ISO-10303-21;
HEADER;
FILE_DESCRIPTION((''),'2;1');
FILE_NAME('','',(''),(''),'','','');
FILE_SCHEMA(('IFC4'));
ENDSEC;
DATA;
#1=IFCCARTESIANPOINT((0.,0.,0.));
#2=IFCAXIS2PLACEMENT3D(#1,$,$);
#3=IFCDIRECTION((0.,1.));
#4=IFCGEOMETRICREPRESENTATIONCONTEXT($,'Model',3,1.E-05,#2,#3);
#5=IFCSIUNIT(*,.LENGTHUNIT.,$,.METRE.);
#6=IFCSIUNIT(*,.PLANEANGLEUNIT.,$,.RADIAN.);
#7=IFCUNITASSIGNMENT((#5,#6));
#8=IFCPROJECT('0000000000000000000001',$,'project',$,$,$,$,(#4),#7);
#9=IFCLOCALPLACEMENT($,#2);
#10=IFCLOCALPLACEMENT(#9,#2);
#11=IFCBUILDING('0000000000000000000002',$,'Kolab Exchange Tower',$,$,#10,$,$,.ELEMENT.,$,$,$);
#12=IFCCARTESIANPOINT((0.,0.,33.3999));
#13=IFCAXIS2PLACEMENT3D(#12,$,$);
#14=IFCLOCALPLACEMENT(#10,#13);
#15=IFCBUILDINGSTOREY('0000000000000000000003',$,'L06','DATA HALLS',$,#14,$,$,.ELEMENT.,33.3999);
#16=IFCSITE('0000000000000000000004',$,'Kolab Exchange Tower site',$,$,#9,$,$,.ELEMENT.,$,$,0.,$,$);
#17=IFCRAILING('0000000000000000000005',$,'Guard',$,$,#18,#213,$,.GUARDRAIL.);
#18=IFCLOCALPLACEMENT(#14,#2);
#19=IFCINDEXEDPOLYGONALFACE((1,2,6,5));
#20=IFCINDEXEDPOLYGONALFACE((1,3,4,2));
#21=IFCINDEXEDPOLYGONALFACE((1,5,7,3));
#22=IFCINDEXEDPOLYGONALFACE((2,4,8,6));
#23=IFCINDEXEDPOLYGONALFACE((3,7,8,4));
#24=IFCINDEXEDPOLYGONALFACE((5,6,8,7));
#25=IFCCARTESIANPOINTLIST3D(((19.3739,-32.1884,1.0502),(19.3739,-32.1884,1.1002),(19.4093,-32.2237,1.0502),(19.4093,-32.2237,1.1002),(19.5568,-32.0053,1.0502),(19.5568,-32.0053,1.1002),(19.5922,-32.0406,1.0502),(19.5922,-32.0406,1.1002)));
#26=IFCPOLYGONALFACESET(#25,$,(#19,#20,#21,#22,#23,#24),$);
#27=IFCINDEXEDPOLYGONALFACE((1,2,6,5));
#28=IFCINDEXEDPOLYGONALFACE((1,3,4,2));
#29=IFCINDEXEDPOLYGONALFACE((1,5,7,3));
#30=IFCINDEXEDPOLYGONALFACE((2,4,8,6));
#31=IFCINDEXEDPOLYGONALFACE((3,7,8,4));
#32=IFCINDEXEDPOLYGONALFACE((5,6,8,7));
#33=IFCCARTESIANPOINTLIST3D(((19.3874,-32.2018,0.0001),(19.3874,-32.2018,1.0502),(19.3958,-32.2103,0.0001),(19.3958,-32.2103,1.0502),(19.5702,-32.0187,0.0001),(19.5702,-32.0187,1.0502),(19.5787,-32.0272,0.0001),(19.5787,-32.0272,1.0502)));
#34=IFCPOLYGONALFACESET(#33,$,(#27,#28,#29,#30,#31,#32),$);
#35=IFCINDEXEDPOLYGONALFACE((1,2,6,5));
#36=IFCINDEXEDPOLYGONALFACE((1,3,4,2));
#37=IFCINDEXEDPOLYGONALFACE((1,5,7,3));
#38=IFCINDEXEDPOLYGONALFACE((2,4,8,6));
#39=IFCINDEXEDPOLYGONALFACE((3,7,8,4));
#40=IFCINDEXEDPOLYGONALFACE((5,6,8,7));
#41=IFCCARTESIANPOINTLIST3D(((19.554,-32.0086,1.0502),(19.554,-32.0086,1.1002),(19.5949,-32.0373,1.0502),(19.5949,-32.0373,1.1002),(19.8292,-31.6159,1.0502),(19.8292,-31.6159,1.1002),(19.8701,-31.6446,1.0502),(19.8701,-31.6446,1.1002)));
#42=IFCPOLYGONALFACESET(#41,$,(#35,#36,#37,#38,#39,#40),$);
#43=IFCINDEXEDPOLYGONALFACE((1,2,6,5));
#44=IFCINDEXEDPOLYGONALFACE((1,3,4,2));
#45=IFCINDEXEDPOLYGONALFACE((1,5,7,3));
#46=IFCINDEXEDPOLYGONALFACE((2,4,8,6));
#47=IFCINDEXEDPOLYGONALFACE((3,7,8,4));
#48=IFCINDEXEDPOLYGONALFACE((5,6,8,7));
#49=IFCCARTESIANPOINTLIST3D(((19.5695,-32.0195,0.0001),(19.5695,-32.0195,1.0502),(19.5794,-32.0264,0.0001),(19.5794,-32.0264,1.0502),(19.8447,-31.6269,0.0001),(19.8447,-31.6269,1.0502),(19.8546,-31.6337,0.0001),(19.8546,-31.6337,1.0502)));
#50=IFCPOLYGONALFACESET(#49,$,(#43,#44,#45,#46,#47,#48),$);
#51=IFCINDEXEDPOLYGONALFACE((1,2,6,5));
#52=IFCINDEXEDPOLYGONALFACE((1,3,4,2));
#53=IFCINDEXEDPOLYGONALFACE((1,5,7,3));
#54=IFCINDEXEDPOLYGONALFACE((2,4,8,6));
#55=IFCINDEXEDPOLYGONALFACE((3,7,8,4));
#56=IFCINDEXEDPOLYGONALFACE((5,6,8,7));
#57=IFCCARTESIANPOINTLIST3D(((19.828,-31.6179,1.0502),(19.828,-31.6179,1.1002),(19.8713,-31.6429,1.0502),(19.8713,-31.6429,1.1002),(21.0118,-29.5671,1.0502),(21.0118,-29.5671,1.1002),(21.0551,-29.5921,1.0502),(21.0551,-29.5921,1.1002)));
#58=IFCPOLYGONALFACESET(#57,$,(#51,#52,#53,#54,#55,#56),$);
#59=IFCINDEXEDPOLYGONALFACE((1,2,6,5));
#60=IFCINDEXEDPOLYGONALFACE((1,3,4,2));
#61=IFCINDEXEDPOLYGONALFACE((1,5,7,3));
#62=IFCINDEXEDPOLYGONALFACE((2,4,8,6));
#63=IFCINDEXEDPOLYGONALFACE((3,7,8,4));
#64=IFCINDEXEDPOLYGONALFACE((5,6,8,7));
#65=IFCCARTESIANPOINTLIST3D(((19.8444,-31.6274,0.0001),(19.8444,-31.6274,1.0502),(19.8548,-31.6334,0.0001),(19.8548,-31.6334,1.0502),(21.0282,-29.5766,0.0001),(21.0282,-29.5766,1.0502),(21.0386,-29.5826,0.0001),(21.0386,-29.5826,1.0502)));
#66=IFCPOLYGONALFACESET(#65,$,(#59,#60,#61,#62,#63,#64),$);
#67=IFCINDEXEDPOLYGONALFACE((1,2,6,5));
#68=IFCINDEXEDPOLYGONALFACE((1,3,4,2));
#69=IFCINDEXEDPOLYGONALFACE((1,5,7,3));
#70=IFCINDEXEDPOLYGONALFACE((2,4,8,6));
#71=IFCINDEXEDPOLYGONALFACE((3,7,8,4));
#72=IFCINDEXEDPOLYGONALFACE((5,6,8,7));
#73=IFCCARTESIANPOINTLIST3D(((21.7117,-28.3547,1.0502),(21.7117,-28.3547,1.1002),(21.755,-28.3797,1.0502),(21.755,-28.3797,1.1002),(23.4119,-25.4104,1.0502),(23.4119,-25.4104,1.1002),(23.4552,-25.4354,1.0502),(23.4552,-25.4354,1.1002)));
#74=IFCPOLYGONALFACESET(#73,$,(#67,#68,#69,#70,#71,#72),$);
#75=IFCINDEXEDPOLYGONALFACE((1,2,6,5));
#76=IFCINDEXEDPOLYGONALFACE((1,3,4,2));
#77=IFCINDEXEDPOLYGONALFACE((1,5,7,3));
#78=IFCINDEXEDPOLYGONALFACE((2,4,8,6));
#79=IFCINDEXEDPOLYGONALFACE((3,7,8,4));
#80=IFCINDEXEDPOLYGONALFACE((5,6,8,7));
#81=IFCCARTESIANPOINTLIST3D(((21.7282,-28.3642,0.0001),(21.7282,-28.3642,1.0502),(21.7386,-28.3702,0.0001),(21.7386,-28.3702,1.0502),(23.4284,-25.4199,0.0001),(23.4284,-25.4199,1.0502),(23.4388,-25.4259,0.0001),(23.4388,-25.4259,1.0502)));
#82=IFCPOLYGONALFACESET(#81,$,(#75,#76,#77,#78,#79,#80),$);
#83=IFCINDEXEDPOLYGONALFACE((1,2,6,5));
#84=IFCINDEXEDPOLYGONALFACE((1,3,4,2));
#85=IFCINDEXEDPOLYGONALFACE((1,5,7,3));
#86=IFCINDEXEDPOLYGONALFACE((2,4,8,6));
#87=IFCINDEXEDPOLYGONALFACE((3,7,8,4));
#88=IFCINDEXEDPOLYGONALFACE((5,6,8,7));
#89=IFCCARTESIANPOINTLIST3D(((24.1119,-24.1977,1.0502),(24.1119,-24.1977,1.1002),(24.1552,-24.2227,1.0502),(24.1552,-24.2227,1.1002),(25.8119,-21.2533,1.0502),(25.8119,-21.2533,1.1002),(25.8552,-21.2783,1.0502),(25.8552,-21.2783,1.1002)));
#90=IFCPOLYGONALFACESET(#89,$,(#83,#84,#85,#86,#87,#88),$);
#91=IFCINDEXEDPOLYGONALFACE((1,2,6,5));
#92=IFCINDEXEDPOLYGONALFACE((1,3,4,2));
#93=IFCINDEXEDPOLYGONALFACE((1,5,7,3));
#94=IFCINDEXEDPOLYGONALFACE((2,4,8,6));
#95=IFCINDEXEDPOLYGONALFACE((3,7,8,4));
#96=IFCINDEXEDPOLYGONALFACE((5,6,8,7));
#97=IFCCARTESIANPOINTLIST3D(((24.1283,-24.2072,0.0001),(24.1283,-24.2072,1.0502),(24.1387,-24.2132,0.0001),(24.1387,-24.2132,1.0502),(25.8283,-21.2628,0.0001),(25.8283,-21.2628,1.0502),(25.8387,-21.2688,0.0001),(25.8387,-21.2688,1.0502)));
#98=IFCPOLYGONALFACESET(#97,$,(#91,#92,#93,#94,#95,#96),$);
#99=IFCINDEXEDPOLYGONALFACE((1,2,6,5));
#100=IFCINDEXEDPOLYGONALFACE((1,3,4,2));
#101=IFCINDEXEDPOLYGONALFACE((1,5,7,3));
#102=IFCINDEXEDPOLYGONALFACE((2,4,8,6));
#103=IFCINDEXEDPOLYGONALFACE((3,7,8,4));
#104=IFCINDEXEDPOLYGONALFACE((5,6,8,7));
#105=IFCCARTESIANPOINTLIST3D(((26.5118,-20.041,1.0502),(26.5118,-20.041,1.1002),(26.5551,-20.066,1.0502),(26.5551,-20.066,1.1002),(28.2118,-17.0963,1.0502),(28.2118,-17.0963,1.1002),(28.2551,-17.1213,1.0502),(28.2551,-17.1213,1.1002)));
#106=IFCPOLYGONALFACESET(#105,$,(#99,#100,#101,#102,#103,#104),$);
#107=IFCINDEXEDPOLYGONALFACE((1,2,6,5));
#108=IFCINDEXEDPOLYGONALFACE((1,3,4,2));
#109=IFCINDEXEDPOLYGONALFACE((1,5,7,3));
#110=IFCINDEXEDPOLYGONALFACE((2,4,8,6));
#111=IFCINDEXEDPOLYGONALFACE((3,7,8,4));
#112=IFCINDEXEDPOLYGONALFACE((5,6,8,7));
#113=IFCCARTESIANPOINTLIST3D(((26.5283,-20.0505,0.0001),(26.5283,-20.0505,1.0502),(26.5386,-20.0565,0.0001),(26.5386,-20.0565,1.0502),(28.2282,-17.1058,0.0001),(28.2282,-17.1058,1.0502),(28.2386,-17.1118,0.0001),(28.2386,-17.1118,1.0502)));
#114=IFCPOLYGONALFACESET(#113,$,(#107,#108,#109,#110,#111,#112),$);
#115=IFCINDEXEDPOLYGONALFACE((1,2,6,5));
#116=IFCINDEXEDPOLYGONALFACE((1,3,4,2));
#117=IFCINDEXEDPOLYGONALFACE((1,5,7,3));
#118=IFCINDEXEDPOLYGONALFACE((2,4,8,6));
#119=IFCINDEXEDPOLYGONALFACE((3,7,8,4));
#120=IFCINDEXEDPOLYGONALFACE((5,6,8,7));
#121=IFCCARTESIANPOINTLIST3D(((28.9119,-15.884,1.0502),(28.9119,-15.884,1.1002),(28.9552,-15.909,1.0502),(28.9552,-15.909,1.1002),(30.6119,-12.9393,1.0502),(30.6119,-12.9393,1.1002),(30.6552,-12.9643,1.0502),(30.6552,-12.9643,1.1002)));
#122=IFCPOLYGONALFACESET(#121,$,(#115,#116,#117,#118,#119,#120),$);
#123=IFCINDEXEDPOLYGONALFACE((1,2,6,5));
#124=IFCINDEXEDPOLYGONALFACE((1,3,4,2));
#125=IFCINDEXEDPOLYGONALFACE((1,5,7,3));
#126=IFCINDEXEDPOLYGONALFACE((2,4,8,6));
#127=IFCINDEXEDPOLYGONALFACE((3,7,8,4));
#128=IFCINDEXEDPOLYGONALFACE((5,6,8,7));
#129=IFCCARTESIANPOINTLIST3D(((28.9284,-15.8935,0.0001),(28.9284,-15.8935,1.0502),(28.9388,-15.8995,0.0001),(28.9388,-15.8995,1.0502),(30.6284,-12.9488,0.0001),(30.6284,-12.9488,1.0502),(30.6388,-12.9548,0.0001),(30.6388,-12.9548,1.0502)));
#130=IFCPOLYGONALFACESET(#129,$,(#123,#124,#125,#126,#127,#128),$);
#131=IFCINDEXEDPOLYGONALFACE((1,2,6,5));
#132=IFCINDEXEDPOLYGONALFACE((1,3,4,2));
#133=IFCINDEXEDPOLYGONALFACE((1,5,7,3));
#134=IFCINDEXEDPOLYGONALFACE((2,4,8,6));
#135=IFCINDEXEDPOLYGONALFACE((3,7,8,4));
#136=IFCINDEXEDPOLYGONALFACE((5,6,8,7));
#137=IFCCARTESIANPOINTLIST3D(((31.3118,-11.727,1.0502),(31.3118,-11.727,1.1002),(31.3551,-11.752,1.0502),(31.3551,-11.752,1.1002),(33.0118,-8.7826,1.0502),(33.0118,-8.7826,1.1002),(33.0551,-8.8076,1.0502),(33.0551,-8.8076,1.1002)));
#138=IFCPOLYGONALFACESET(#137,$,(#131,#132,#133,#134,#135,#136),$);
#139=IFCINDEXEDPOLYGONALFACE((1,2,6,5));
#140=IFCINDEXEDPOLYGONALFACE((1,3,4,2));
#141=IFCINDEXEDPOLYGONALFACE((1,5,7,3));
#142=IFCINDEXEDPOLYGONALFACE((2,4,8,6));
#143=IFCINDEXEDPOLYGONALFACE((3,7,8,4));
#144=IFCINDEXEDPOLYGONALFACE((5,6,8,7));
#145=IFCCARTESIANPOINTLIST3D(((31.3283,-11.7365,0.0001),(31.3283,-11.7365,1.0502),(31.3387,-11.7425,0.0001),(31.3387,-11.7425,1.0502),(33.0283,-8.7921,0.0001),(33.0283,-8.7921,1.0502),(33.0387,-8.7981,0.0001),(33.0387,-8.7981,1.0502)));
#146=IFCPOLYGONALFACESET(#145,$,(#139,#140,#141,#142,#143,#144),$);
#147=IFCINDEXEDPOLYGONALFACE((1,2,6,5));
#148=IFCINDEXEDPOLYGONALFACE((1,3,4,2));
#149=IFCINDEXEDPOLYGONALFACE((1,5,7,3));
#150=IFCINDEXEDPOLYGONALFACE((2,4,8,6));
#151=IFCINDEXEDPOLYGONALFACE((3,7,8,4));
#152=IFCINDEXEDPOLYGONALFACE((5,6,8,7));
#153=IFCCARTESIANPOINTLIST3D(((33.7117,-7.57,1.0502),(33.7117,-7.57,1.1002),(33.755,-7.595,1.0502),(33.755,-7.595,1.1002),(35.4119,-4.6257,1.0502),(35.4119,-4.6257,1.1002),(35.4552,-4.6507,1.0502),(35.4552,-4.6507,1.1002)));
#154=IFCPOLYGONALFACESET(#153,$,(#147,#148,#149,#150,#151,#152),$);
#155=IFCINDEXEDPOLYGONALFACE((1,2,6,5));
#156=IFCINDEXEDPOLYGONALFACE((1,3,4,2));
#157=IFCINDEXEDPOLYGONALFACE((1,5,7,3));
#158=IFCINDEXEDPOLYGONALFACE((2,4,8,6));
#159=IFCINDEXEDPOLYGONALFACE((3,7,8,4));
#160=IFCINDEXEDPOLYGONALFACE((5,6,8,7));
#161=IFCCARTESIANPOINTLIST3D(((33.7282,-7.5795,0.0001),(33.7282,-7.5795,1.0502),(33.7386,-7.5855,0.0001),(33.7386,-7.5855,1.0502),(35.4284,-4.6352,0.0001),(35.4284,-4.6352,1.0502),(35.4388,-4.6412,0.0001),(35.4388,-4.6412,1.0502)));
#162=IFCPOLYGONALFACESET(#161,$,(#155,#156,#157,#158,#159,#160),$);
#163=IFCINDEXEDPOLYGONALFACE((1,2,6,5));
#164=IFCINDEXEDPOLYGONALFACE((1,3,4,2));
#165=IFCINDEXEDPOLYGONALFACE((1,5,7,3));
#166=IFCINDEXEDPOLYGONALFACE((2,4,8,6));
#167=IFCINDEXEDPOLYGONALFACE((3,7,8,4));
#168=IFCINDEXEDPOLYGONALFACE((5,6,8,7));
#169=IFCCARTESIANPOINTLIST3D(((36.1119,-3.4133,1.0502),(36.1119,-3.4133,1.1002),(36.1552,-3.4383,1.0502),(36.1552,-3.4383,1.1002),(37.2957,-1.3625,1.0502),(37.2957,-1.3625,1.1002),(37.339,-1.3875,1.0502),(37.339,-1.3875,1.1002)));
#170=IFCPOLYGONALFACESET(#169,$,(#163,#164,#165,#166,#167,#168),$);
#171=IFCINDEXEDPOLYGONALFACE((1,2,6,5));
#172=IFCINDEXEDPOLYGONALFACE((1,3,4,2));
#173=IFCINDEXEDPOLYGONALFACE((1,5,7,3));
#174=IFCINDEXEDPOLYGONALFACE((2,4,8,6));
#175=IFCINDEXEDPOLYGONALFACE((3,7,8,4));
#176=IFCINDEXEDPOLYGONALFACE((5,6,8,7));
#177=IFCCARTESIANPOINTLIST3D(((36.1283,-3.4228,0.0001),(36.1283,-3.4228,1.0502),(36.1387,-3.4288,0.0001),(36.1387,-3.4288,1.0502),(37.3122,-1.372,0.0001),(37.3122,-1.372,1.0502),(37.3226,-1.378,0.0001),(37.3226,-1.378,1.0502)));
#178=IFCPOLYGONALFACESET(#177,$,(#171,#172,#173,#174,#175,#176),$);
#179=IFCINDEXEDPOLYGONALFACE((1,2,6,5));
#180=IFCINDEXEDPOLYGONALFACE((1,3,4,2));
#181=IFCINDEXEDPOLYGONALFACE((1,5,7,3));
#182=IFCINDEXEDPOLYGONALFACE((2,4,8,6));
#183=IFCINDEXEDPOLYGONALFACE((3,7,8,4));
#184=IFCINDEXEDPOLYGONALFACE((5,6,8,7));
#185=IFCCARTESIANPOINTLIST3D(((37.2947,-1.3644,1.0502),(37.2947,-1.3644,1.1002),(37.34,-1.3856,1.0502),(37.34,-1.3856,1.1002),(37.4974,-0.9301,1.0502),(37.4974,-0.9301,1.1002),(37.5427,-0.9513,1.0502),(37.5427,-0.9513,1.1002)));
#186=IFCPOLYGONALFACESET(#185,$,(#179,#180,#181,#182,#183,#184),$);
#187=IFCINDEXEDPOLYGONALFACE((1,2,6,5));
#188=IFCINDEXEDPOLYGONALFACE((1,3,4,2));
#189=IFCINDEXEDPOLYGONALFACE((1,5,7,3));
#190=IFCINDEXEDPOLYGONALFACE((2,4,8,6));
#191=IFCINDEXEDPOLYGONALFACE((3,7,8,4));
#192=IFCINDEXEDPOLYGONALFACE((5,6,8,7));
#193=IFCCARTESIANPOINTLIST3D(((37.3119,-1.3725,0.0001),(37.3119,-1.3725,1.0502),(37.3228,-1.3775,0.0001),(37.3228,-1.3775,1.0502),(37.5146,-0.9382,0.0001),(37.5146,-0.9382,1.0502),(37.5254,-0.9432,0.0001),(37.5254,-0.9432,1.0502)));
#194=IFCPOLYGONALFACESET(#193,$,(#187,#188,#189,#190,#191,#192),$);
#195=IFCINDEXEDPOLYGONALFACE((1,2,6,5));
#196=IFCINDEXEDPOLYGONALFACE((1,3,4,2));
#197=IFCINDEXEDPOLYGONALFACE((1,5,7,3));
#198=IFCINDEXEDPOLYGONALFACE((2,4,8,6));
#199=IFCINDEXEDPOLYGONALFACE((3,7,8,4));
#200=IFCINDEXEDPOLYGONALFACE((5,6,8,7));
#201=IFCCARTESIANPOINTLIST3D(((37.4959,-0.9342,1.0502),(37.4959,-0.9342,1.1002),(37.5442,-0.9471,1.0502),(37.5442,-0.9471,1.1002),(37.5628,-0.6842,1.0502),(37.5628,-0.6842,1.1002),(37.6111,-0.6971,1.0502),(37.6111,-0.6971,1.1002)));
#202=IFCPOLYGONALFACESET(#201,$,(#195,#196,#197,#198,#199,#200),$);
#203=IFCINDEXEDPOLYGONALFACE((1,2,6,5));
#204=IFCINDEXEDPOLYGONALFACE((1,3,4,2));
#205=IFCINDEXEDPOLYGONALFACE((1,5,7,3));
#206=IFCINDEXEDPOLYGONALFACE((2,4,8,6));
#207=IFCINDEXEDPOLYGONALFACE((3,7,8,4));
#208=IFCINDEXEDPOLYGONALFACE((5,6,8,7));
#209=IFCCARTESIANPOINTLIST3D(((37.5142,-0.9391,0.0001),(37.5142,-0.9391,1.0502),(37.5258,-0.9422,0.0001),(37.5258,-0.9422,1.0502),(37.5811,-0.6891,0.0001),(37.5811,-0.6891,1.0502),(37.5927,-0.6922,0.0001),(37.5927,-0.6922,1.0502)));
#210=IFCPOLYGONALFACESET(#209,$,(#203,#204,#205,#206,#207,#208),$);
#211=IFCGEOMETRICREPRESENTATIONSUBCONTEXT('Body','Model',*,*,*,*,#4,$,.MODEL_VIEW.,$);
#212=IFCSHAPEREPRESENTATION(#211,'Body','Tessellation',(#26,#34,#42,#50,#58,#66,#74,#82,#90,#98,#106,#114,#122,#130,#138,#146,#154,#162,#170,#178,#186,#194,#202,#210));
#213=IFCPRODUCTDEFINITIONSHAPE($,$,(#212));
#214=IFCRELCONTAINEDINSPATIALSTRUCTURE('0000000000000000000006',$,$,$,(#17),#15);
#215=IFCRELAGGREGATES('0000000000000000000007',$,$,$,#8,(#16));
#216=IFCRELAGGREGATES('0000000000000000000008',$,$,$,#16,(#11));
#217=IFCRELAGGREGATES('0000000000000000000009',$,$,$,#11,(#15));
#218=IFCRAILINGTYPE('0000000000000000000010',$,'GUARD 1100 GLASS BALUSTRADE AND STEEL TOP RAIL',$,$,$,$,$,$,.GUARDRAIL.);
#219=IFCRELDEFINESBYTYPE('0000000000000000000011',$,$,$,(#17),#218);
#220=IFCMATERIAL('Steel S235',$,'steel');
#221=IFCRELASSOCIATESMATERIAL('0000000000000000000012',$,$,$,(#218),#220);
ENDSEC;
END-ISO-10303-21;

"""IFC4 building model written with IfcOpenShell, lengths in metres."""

from ifc_helpers import new_model, si_unit, direction, frame, frame_2d, origin, origin_2d, place, context, subcontext, project, spatial, rectangle, extrude, material, type_object, element, save


model = new_model("IFC4")

# Units and contexts
model_context = context("Model", 3, precision=1e-05, world=origin(), true_north=direction((0.0, 1.0)))
body_context = subcontext(model_context, "Body", "Model", "MODEL_VIEW")
ifc_project = project(units=[si_unit("LENGTHUNIT", "METRE"), si_unit("PLANEANGLEUNIT", "RADIAN")], contexts=[model_context])

# Site, building, storey
site_placement = place(None, origin())
site = spatial("IfcSite", under=ifc_project, at=site_placement, Name="Kolab Exchange Tower site", CompositionType="ELEMENT", RefElevation=0.0)
building_placement = place(site_placement, origin())
building = spatial("IfcBuilding", under=site, at=building_placement, Name="Kolab Exchange Tower", CompositionType="ELEMENT")
storey_placement = place(building_placement, frame((0.0, 0.0, 33.3999)))
storey = spatial("IfcBuildingStorey", under=building, at=storey_placement, Name="L06", Description="DATA HALLS", CompositionType="ELEMENT", Elevation=33.3999)

# Railing
ifc_material_1 = material(Name="Steel S235", Category="steel")
railing_type = type_object("IfcRailingType", Name="GUARD 1100 GLASS BALUSTRADE AND STEEL TOP RAIL", PredefinedType="GUARDRAIL", material=ifc_material_1)
railing_placement = place(storey_placement, frame((19.3916, -32.2061, 0.0)))
element("IfcRailing", 1, at=railing_placement, inside=storey, type_object=railing_type, Name="Guard", PredefinedType="GUARDRAIL", context=body_context, shape_type="SweptSolid", body=[
    extrude(rectangle(XDim=0.05, YDim=0.05, at=origin_2d()), frame((0.0, 0.0, 1.0752), z_axis=(0.706635, 0.707578, 0.0), x_axis=(-0.707578, 0.706635, 0.0)), (0.0, 0.0, 1.0), 0.2588),
    extrude(rectangle(XDim=0.012, YDim=1.0501, at=frame_2d((0.0, 0.5251))), frame((0.0, 0.0, 0.0), z_axis=(0.706635, 0.707578, 0.0), x_axis=(-0.707578, 0.706635, 0.0)), (0.0, 0.0, 1.0), 0.2588),
    extrude(rectangle(XDim=0.05, YDim=0.05, at=origin_2d()), frame((0.1829, 0.1831, 1.0752), z_axis=(0.573941, 0.818897, 0.0), x_axis=(-0.818897, 0.573941, 0.0)), (0.0, 0.0, 1.0), 0.4795),
    extrude(rectangle(XDim=0.012, YDim=1.0501, at=frame_2d((0.0, 0.5251))), frame((0.1829, 0.1831, 0.0), z_axis=(0.573941, 0.818897, 0.0), x_axis=(-0.818897, 0.573941, 0.0)), (0.0, 0.0, 1.0), 0.4795),
    extrude(rectangle(XDim=0.05, YDim=0.05, at=origin_2d()), frame((0.458, 0.5757, 1.0752), z_axis=(0.499943, 0.866059, 0.0), x_axis=(-0.866059, 0.499943, 0.0)), (0.0, 0.0, 1.0), 2.3679),
    extrude(rectangle(XDim=0.012, YDim=1.0501, at=frame_2d((0.0, 0.5251))), frame((0.458, 0.5757, 0.0), z_axis=(0.499943, 0.866059, 0.0), x_axis=(-0.866059, 0.499943, 0.0)), (0.0, 0.0, 1.0), 2.3679),
    extrude(rectangle(XDim=0.05, YDim=0.05, at=origin_2d()), frame((2.3418, 3.8389, 1.0752), z_axis=(0.500062, 0.865989, 0.0), x_axis=(-0.865989, 0.500062, 0.0)), (0.0, 0.0, 1.0), 3.3999),
    extrude(rectangle(XDim=0.012, YDim=1.0501, at=frame_2d((0.0, 0.5251))), frame((2.3418, 3.8389, 0.0), z_axis=(0.500062, 0.865989, 0.0), x_axis=(-0.865989, 0.500062, 0.0)), (0.0, 0.0, 1.0), 3.3999),
    extrude(rectangle(XDim=0.05, YDim=0.05, at=origin_2d()), frame((4.7419, 7.9958, 1.0752), z_axis=(0.500008, 0.866021, 0.0), x_axis=(-0.866021, 0.500008, 0.0)), (0.0, 0.0, 1.0), 3.3999),
    extrude(rectangle(XDim=0.012, YDim=1.0501, at=frame_2d((0.0, 0.5251))), frame((4.7419, 7.9958, 0.0), z_axis=(0.500008, 0.866021, 0.0), x_axis=(-0.866021, 0.500008, 0.0)), (0.0, 0.0, 1.0), 3.3999),
    extrude(rectangle(XDim=0.05, YDim=0.05, at=origin_2d()), frame((7.1418, 12.1526, 1.0752), z_axis=(0.499977, 0.866039, 0.0), x_axis=(-0.866039, 0.499977, 0.0)), (0.0, 0.0, 1.0), 3.4001),
    extrude(rectangle(XDim=0.012, YDim=1.0501, at=frame_2d((0.0, 0.5251))), frame((7.1418, 12.1526, 0.0), z_axis=(0.499977, 0.866039, 0.0), x_axis=(-0.866039, 0.499977, 0.0)), (0.0, 0.0, 1.0), 3.4001),
    extrude(rectangle(XDim=0.05, YDim=0.05, at=origin_2d()), frame((9.542, 16.3096, 1.0752), z_axis=(0.499977, 0.866039, 0.0), x_axis=(-0.866039, 0.499977, 0.0)), (0.0, 0.0, 1.0), 3.4001),
    extrude(rectangle(XDim=0.012, YDim=1.0501, at=frame_2d((0.0, 0.5251))), frame((9.542, 16.3096, 0.0), z_axis=(0.499977, 0.866039, 0.0), x_axis=(-0.866039, 0.499977, 0.0)), (0.0, 0.0, 1.0), 3.4001),
    extrude(rectangle(XDim=0.05, YDim=0.05, at=origin_2d()), frame((11.9419, 20.4666, 1.0752), z_axis=(0.500008, 0.866021, 0.0), x_axis=(-0.866021, 0.500008, 0.0)), (0.0, 0.0, 1.0), 3.3999),
    extrude(rectangle(XDim=0.012, YDim=1.0501, at=frame_2d((0.0, 0.5251))), frame((11.9419, 20.4666, 0.0), z_axis=(0.500008, 0.866021, 0.0), x_axis=(-0.866021, 0.500008, 0.0)), (0.0, 0.0, 1.0), 3.3999),
    extrude(rectangle(XDim=0.05, YDim=0.05, at=origin_2d()), frame((14.3418, 24.6235, 1.0752), z_axis=(0.500062, 0.865989, 0.0), x_axis=(-0.865989, 0.500062, 0.0)), (0.0, 0.0, 1.0), 3.3999),
    extrude(rectangle(XDim=0.012, YDim=1.0501, at=frame_2d((0.0, 0.5251))), frame((14.3418, 24.6235, 0.0), z_axis=(0.500062, 0.865989, 0.0), x_axis=(-0.865989, 0.500062, 0.0)), (0.0, 0.0, 1.0), 3.3999),
    extrude(rectangle(XDim=0.05, YDim=0.05, at=origin_2d()), frame((16.7419, 28.7803, 1.0752), z_axis=(0.499943, 0.866059, 0.0), x_axis=(-0.866059, 0.499943, 0.0)), (0.0, 0.0, 1.0), 2.3679),
    extrude(rectangle(XDim=0.012, YDim=1.0501, at=frame_2d((0.0, 0.5251))), frame((16.7419, 28.7803, 0.0), z_axis=(0.499943, 0.866059, 0.0), x_axis=(-0.866059, 0.499943, 0.0)), (0.0, 0.0, 1.0), 2.3679),
    extrude(rectangle(XDim=0.05, YDim=0.05, at=origin_2d()), frame((17.9258, 30.8311, 1.0752), z_axis=(0.422802, 0.906222, 0.0), x_axis=(-0.906222, 0.422802, 0.0)), (0.0, 0.0, 1.0), 0.4792),
    extrude(rectangle(XDim=0.012, YDim=1.0501, at=frame_2d((0.0, 0.5251))), frame((17.9258, 30.8311, 0.0), z_axis=(0.422802, 0.906222, 0.0), x_axis=(-0.906222, 0.422802, 0.0)), (0.0, 0.0, 1.0), 0.4792),
    extrude(rectangle(XDim=0.05, YDim=0.05, at=origin_2d()), frame((18.1284, 31.2654, 1.0752), z_axis=(0.258485, 0.966015, 0.0), x_axis=(-0.966015, 0.258485, 0.0)), (0.0, 0.0, 1.0), 0.2588),
    extrude(rectangle(XDim=0.012, YDim=1.0501, at=frame_2d((0.0, 0.5251))), frame((18.1284, 31.2654, 0.0), z_axis=(0.258485, 0.966015, 0.0), x_axis=(-0.966015, 0.258485, 0.0)), (0.0, 0.0, 1.0), 0.2588),
])

save(model, "model.ifc")
